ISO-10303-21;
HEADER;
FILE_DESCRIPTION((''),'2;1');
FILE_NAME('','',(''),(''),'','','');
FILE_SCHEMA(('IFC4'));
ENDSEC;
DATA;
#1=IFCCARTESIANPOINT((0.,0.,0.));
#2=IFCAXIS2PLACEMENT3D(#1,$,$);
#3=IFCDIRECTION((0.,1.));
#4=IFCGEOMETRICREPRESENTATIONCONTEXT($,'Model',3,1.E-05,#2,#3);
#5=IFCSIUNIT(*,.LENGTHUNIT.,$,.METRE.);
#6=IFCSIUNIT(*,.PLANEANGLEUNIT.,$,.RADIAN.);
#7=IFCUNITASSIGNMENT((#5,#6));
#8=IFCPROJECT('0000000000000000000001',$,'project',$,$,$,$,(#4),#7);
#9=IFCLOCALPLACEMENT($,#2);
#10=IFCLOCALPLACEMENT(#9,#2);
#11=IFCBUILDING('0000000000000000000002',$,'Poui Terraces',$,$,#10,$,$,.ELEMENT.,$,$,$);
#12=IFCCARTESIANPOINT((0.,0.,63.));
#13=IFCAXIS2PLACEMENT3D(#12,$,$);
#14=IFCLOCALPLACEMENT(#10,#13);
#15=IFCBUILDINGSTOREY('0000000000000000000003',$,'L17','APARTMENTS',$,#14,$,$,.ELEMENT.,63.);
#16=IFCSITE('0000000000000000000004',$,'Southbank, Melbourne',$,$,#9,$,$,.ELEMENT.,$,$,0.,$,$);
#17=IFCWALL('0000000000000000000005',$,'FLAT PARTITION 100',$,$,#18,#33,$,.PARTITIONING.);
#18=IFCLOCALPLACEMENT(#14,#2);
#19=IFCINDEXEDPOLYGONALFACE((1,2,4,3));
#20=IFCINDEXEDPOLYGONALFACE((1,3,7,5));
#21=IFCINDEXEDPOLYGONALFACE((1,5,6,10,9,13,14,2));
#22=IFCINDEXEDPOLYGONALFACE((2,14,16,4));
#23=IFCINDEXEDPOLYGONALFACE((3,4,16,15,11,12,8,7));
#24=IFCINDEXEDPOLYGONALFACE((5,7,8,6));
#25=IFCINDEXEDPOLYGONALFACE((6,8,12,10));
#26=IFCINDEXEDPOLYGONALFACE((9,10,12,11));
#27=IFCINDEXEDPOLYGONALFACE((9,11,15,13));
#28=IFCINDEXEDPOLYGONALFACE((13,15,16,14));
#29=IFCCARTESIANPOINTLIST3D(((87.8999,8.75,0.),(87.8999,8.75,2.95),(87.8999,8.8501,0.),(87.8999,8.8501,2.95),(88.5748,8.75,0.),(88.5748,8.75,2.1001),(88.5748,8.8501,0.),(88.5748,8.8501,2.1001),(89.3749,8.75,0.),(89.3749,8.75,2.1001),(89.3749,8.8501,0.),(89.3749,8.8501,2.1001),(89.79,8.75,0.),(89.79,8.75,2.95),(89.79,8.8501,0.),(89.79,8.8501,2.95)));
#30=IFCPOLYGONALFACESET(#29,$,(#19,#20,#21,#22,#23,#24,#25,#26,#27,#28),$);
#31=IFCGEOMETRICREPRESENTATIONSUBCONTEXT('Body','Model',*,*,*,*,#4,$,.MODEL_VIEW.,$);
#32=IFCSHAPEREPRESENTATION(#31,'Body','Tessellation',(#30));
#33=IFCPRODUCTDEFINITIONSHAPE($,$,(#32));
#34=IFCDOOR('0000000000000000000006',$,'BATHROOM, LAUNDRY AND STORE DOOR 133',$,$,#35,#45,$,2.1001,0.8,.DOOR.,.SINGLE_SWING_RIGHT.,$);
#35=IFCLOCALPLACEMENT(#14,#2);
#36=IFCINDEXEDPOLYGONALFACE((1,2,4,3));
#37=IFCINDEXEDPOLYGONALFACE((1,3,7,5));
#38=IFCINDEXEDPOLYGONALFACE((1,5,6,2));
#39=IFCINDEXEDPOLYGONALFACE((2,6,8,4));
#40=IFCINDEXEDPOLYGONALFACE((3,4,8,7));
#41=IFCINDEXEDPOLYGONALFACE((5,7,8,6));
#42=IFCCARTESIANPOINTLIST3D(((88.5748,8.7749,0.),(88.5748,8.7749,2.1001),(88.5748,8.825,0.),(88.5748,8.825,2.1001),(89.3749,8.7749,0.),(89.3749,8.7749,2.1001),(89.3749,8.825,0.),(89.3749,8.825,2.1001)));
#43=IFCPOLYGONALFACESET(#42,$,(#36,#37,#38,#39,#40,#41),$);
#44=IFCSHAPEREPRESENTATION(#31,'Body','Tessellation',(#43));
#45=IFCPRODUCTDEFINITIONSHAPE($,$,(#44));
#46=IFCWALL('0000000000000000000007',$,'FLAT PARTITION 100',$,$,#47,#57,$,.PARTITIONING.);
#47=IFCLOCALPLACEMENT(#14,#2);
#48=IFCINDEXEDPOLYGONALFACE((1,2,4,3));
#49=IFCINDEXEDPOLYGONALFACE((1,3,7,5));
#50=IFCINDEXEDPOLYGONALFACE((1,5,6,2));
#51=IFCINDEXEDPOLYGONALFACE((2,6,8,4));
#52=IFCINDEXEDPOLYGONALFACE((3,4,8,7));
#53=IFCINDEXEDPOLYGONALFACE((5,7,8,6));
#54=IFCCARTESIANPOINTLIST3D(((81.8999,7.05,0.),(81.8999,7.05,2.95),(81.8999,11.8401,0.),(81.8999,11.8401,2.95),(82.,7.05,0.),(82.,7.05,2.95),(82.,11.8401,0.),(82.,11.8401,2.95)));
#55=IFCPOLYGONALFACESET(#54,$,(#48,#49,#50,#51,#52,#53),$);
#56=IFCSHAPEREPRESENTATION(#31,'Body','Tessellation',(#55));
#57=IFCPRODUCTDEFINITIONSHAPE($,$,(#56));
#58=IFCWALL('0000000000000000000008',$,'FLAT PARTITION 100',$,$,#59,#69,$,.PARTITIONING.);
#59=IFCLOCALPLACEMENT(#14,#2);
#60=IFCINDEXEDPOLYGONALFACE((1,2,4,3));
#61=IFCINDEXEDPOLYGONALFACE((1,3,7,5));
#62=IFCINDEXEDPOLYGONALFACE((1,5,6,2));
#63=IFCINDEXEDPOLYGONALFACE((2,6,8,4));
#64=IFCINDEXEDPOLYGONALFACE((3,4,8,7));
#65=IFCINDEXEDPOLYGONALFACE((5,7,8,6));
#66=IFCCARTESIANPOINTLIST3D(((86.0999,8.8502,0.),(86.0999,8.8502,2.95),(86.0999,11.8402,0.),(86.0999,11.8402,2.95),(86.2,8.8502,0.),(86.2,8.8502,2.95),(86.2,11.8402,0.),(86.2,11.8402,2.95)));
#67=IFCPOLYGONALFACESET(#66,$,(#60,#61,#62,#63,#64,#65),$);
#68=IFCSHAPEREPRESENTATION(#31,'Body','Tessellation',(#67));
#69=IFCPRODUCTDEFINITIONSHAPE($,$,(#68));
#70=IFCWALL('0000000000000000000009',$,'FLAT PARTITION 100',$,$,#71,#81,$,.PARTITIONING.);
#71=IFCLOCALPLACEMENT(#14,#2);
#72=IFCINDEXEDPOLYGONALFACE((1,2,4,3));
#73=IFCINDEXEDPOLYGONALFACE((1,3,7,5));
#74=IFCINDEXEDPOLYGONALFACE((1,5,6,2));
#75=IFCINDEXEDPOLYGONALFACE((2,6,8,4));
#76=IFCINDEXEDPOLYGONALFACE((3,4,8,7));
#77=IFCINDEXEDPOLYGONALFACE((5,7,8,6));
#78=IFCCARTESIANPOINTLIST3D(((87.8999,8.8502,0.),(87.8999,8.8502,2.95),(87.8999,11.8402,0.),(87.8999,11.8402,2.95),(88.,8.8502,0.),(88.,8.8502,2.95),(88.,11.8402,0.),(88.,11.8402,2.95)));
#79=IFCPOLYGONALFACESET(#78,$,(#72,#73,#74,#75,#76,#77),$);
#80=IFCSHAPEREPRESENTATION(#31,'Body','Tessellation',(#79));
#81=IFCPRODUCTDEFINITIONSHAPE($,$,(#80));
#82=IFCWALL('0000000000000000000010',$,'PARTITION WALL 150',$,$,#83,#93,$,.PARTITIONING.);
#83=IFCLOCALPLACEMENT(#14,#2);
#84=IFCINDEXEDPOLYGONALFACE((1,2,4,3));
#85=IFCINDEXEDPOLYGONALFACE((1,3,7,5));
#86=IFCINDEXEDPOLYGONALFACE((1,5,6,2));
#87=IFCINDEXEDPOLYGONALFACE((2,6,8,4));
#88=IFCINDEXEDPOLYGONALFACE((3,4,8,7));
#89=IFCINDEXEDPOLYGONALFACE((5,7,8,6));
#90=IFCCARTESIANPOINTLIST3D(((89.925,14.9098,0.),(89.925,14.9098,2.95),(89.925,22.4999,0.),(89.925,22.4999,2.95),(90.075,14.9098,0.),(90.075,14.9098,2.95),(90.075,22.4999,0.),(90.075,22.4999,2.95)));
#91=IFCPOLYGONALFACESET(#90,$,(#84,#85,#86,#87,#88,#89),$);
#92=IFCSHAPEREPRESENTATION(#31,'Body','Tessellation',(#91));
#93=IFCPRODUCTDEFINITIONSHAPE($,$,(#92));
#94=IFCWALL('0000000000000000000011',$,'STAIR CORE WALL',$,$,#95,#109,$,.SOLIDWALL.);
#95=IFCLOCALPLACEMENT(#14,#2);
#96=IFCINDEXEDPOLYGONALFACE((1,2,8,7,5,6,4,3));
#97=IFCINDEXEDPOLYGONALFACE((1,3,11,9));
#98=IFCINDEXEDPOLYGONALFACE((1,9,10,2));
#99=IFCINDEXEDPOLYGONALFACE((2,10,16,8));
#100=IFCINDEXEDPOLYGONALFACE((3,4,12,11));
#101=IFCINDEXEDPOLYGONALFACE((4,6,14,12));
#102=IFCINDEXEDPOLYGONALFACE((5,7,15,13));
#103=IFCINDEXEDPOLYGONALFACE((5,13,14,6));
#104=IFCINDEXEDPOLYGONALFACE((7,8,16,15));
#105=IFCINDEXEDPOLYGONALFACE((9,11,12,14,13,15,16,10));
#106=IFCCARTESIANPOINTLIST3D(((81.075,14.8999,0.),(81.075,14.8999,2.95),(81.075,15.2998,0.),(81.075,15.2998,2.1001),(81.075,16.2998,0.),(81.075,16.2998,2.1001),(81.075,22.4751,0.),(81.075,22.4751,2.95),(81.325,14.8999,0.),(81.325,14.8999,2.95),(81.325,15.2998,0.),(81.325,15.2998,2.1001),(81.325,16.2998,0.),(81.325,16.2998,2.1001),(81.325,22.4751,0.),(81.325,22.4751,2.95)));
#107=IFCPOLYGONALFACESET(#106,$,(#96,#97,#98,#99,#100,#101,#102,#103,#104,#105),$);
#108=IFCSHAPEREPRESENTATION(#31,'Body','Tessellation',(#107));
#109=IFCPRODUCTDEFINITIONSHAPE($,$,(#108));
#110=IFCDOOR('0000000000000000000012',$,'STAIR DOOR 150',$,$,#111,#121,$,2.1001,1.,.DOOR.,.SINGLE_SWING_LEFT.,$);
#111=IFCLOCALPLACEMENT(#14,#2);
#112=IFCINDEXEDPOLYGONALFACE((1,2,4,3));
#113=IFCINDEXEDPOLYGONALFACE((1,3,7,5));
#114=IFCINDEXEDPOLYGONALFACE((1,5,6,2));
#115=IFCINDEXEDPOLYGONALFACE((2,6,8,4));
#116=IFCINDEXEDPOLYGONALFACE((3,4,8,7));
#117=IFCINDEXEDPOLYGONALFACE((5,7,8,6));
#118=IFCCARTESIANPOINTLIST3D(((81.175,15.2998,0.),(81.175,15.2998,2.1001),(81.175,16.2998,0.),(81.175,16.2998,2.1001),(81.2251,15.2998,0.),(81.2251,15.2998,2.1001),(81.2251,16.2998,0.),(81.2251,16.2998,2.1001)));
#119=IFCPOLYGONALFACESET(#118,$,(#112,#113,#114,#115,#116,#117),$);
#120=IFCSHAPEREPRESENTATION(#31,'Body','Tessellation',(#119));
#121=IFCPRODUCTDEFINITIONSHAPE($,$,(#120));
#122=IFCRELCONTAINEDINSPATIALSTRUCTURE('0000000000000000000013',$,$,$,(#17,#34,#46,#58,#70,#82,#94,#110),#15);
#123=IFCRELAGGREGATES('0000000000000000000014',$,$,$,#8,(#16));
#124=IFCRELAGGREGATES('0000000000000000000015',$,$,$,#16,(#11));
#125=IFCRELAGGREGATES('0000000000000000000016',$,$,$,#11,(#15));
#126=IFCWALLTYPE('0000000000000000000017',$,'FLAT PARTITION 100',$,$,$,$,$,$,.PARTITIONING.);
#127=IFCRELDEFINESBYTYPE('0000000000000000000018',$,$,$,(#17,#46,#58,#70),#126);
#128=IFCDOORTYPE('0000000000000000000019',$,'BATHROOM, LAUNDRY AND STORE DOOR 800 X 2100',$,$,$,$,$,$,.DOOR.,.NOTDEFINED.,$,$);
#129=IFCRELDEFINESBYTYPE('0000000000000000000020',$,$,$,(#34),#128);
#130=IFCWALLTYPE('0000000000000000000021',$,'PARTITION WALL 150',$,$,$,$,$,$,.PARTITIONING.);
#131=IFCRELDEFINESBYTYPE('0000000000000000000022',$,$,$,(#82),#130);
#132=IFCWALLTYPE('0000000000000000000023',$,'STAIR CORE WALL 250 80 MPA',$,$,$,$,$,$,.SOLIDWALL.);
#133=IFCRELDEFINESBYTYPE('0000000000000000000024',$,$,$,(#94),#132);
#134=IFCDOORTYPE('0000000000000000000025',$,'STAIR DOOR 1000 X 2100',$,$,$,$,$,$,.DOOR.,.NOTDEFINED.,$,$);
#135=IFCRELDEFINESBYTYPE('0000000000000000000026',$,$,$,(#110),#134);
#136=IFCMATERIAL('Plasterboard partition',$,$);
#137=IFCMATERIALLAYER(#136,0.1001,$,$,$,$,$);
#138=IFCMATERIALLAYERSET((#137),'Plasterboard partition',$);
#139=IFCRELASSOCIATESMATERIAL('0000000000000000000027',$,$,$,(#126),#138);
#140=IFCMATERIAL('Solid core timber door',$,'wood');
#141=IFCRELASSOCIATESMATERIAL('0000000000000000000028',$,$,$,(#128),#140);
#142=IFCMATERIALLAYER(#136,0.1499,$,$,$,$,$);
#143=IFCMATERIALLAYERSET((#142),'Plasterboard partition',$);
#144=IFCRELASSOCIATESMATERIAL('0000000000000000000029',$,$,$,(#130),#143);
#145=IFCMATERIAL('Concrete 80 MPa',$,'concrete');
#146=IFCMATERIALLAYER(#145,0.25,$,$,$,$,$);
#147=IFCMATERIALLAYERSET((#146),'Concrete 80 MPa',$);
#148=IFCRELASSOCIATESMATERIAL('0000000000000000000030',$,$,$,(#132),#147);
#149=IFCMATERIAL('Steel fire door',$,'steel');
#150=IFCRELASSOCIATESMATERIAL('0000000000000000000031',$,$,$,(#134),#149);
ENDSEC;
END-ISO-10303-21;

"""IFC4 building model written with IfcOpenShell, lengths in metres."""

from ifc_helpers import new_model, si_unit, direction, frame, frame_2d, origin, place, context, subcontext, project, spatial, rectangle, extrude, material, layer, layer_set, type_object, element, fill, save


model = new_model("IFC4")

# Units and contexts
model_context = context("Model", 3, precision=1e-05, world=origin(), true_north=direction((0.0, 1.0)))
body_context = subcontext(model_context, "Body", "Model", "MODEL_VIEW")
ifc_project = project(units=[si_unit("LENGTHUNIT", "METRE"), si_unit("PLANEANGLEUNIT", "RADIAN")], contexts=[model_context])

# Site, building, storey
site_placement = place(None, origin())
site = spatial("IfcSite", under=ifc_project, at=site_placement, Name="Southbank, Melbourne", CompositionType="ELEMENT", RefElevation=0.0)
building_placement = place(site_placement, origin())
building = spatial("IfcBuilding", under=site, at=building_placement, Name="Poui Terraces", CompositionType="ELEMENT")
storey_placement = place(building_placement, frame((0.0, 0.0, 63.0)))
storey = spatial("IfcBuildingStorey", under=building, at=storey_placement, Name="L17", Description="APARTMENTS", CompositionType="ELEMENT", Elevation=63.0)

# Shared definitions
ifc_material_1 = material(Name="Concrete 80 MPa", Category="concrete")

# Wall, opening, door
ifc_material_2 = material(Name="Steel fire door", Category="steel")
ifc_material_3 = material(Name="Solid core timber door", Category="wood")
ifc_material_4 = material(Name="Plasterboard partition")
ifc_layer_1 = layer(ifc_material_4, 0.1001)
ifc_layer_set_1 = layer_set([ifc_layer_1], Name="Plasterboard partition")
wall_type_1 = type_object("IfcWallType", Name="FLAT PARTITION 100", PredefinedType="PARTITIONING", material=ifc_layer_set_1)
wall_1_placement = place(storey_placement, frame((87.8999, 8.8, 0.0), z_axis=(0.0, 0.0, 1.0), x_axis=(1.0, 0.0, 0.0)))
wall_1 = element("IfcWall", 1, at=wall_1_placement, inside=storey, type_object=wall_type_1, Name="FLAT PARTITION 100", PredefinedType="PARTITIONING", context=body_context, shape_type="SweptSolid", body=[
    extrude(rectangle(XDim=1.8901, YDim=0.1001, at=frame_2d((0.9451, 0.0))), origin(), (0.0, 0.0, 1.0), 2.95),
])
opening_1_placement = place(wall_1_placement, frame((0.675, 0.0, 0.0)))
opening_1 = element("IfcOpeningElement", 2, at=opening_1_placement, cuts=wall_1, PredefinedType="OPENING", context=body_context, shape_type="SweptSolid", body=[
    extrude(rectangle(XDim=0.8, YDim=2.1001, at=frame_2d((0.3999, 1.05))), frame((0.0, 0.0601, 0.0), z_axis=(0.0, -1.0, 0.0), x_axis=(1.0, 0.0, 0.0)), (0.0, 0.0, 1.0), 0.1201),
])
door_type_1 = type_object("IfcDoorType", Name="BATHROOM, LAUNDRY AND STORE DOOR 800 X 2100", OperationType="NOTDEFINED", PredefinedType="DOOR", material=ifc_material_3)
door_1_placement = place(opening_1_placement, origin())
door_1 = element("IfcDoor", 3, at=door_1_placement, inside=storey, type_object=door_type_1, Name="BATHROOM, LAUNDRY AND STORE DOOR 133", OperationType="SINGLE_SWING_RIGHT", OverallHeight=2.1001, OverallWidth=0.8, PredefinedType="DOOR", context=body_context, shape_type="SweptSolid", body=[
    extrude(rectangle(XDim=0.8, YDim=2.1001, at=frame_2d((0.3999, 1.05))), frame((0.0, 0.0249, 0.0), z_axis=(0.0, -1.0, 0.0), x_axis=(1.0, 0.0, 0.0)), (0.0, 0.0, 1.0), 0.05),
])
fill(opening_1, door_1)

# Walls
wall_2_placement = place(storey_placement, frame((81.95, 7.05, 0.0), z_axis=(0.0, 0.0, 1.0), x_axis=(0.0, 1.0, 0.0)))
element("IfcWall", 4, at=wall_2_placement, inside=storey, type_object=wall_type_1, Name="FLAT PARTITION 100", PredefinedType="PARTITIONING", context=body_context, shape_type="SweptSolid", body=[
    extrude(rectangle(XDim=4.79, YDim=0.1001, at=frame_2d((2.395, 0.0))), origin(), (0.0, 0.0, 1.0), 2.95),
])
for number, where, z_axis, x_axis, name in (
    (5, (86.1499, 8.8501, 0.0), (0.0, 0.0, 1.0), (0.0, 1.0, 0.0), "FLAT PARTITION 100"),
    (6, (87.95, 8.8501, 0.0), (0.0, 0.0, 1.0), (0.0, 1.0, 0.0), "FLAT PARTITION 100"),
):
    element("IfcWall", number, at=place(storey_placement, frame(where, z_axis=z_axis, x_axis=x_axis)), inside=storey, type_object=wall_type_1, Name=name, PredefinedType="PARTITIONING", context=body_context, shape_type="SweptSolid", body=[
        extrude(rectangle(XDim=2.99, YDim=0.1001, at=frame_2d((1.4951, 0.0))), origin(), (0.0, 0.0, 1.0), 2.95),
    ])
ifc_layer_2 = layer(ifc_material_4, 0.1499)
ifc_layer_set_2 = layer_set([ifc_layer_2], Name="Plasterboard partition")
wall_type_2 = type_object("IfcWallType", Name="PARTITION WALL 150", PredefinedType="PARTITIONING", material=ifc_layer_set_2)
wall_3_placement = place(storey_placement, frame((90.0, 14.9099, 0.0), z_axis=(0.0, 0.0, 1.0), x_axis=(0.0, 1.0, 0.0)))
element("IfcWall", 7, at=wall_3_placement, inside=storey, type_object=wall_type_2, Name="PARTITION WALL 150", PredefinedType="PARTITIONING", context=body_context, shape_type="SweptSolid", body=[
    extrude(rectangle(XDim=7.5901, YDim=0.1499, at=frame_2d((3.7949, 0.0))), origin(), (0.0, 0.0, 1.0), 2.95),
])

# Wall, opening, door
ifc_layer_3 = layer(ifc_material_1, 0.25)
ifc_layer_set_3 = layer_set([ifc_layer_3], Name="Concrete 80 MPa")
wall_type_3 = type_object("IfcWallType", Name="STAIR CORE WALL 250 80 MPA", PredefinedType="SOLIDWALL", material=ifc_layer_set_3)
wall_4_placement = place(storey_placement, frame((81.2, 14.8999, 0.0), z_axis=(0.0, 0.0, 1.0), x_axis=(0.0, 1.0, 0.0)))
wall_4 = element("IfcWall", 8, at=wall_4_placement, inside=storey, type_object=wall_type_3, Name="STAIR CORE WALL", PredefinedType="SOLIDWALL", context=body_context, shape_type="SweptSolid", body=[
    extrude(rectangle(XDim=7.5752, YDim=0.25, at=frame_2d((3.7876, 0.0))), origin(), (0.0, 0.0, 1.0), 2.95),
])
opening_2_placement = place(wall_4_placement, frame((0.3999, 0.0, 0.0)))
opening_2 = element("IfcOpeningElement", 9, at=opening_2_placement, cuts=wall_4, PredefinedType="OPENING", context=body_context, shape_type="SweptSolid", body=[
    extrude(rectangle(XDim=1.0, YDim=2.1001, at=frame_2d((0.5, 1.05))), frame((0.0, 0.135, 0.0), z_axis=(0.0, -1.0, 0.0), x_axis=(1.0, 0.0, 0.0)), (0.0, 0.0, 1.0), 0.27),
])
door_type_2 = type_object("IfcDoorType", Name="STAIR DOOR 1000 X 2100", OperationType="NOTDEFINED", PredefinedType="DOOR", material=ifc_material_2)
door_2_placement = place(opening_2_placement, origin())
door_2 = element("IfcDoor", 10, at=door_2_placement, inside=storey, type_object=door_type_2, Name="STAIR DOOR 150", OperationType="SINGLE_SWING_LEFT", OverallHeight=2.1001, OverallWidth=1.0, PredefinedType="DOOR", context=body_context, shape_type="SweptSolid", body=[
    extrude(rectangle(XDim=1.0, YDim=2.1001, at=frame_2d((0.5, 1.05))), frame((0.0, 0.0249, 0.0), z_axis=(0.0, -1.0, 0.0), x_axis=(1.0, 0.0, 0.0)), (0.0, 0.0, 1.0), 0.05),
])
fill(opening_2, door_2)

save(model, "model.ifc")
